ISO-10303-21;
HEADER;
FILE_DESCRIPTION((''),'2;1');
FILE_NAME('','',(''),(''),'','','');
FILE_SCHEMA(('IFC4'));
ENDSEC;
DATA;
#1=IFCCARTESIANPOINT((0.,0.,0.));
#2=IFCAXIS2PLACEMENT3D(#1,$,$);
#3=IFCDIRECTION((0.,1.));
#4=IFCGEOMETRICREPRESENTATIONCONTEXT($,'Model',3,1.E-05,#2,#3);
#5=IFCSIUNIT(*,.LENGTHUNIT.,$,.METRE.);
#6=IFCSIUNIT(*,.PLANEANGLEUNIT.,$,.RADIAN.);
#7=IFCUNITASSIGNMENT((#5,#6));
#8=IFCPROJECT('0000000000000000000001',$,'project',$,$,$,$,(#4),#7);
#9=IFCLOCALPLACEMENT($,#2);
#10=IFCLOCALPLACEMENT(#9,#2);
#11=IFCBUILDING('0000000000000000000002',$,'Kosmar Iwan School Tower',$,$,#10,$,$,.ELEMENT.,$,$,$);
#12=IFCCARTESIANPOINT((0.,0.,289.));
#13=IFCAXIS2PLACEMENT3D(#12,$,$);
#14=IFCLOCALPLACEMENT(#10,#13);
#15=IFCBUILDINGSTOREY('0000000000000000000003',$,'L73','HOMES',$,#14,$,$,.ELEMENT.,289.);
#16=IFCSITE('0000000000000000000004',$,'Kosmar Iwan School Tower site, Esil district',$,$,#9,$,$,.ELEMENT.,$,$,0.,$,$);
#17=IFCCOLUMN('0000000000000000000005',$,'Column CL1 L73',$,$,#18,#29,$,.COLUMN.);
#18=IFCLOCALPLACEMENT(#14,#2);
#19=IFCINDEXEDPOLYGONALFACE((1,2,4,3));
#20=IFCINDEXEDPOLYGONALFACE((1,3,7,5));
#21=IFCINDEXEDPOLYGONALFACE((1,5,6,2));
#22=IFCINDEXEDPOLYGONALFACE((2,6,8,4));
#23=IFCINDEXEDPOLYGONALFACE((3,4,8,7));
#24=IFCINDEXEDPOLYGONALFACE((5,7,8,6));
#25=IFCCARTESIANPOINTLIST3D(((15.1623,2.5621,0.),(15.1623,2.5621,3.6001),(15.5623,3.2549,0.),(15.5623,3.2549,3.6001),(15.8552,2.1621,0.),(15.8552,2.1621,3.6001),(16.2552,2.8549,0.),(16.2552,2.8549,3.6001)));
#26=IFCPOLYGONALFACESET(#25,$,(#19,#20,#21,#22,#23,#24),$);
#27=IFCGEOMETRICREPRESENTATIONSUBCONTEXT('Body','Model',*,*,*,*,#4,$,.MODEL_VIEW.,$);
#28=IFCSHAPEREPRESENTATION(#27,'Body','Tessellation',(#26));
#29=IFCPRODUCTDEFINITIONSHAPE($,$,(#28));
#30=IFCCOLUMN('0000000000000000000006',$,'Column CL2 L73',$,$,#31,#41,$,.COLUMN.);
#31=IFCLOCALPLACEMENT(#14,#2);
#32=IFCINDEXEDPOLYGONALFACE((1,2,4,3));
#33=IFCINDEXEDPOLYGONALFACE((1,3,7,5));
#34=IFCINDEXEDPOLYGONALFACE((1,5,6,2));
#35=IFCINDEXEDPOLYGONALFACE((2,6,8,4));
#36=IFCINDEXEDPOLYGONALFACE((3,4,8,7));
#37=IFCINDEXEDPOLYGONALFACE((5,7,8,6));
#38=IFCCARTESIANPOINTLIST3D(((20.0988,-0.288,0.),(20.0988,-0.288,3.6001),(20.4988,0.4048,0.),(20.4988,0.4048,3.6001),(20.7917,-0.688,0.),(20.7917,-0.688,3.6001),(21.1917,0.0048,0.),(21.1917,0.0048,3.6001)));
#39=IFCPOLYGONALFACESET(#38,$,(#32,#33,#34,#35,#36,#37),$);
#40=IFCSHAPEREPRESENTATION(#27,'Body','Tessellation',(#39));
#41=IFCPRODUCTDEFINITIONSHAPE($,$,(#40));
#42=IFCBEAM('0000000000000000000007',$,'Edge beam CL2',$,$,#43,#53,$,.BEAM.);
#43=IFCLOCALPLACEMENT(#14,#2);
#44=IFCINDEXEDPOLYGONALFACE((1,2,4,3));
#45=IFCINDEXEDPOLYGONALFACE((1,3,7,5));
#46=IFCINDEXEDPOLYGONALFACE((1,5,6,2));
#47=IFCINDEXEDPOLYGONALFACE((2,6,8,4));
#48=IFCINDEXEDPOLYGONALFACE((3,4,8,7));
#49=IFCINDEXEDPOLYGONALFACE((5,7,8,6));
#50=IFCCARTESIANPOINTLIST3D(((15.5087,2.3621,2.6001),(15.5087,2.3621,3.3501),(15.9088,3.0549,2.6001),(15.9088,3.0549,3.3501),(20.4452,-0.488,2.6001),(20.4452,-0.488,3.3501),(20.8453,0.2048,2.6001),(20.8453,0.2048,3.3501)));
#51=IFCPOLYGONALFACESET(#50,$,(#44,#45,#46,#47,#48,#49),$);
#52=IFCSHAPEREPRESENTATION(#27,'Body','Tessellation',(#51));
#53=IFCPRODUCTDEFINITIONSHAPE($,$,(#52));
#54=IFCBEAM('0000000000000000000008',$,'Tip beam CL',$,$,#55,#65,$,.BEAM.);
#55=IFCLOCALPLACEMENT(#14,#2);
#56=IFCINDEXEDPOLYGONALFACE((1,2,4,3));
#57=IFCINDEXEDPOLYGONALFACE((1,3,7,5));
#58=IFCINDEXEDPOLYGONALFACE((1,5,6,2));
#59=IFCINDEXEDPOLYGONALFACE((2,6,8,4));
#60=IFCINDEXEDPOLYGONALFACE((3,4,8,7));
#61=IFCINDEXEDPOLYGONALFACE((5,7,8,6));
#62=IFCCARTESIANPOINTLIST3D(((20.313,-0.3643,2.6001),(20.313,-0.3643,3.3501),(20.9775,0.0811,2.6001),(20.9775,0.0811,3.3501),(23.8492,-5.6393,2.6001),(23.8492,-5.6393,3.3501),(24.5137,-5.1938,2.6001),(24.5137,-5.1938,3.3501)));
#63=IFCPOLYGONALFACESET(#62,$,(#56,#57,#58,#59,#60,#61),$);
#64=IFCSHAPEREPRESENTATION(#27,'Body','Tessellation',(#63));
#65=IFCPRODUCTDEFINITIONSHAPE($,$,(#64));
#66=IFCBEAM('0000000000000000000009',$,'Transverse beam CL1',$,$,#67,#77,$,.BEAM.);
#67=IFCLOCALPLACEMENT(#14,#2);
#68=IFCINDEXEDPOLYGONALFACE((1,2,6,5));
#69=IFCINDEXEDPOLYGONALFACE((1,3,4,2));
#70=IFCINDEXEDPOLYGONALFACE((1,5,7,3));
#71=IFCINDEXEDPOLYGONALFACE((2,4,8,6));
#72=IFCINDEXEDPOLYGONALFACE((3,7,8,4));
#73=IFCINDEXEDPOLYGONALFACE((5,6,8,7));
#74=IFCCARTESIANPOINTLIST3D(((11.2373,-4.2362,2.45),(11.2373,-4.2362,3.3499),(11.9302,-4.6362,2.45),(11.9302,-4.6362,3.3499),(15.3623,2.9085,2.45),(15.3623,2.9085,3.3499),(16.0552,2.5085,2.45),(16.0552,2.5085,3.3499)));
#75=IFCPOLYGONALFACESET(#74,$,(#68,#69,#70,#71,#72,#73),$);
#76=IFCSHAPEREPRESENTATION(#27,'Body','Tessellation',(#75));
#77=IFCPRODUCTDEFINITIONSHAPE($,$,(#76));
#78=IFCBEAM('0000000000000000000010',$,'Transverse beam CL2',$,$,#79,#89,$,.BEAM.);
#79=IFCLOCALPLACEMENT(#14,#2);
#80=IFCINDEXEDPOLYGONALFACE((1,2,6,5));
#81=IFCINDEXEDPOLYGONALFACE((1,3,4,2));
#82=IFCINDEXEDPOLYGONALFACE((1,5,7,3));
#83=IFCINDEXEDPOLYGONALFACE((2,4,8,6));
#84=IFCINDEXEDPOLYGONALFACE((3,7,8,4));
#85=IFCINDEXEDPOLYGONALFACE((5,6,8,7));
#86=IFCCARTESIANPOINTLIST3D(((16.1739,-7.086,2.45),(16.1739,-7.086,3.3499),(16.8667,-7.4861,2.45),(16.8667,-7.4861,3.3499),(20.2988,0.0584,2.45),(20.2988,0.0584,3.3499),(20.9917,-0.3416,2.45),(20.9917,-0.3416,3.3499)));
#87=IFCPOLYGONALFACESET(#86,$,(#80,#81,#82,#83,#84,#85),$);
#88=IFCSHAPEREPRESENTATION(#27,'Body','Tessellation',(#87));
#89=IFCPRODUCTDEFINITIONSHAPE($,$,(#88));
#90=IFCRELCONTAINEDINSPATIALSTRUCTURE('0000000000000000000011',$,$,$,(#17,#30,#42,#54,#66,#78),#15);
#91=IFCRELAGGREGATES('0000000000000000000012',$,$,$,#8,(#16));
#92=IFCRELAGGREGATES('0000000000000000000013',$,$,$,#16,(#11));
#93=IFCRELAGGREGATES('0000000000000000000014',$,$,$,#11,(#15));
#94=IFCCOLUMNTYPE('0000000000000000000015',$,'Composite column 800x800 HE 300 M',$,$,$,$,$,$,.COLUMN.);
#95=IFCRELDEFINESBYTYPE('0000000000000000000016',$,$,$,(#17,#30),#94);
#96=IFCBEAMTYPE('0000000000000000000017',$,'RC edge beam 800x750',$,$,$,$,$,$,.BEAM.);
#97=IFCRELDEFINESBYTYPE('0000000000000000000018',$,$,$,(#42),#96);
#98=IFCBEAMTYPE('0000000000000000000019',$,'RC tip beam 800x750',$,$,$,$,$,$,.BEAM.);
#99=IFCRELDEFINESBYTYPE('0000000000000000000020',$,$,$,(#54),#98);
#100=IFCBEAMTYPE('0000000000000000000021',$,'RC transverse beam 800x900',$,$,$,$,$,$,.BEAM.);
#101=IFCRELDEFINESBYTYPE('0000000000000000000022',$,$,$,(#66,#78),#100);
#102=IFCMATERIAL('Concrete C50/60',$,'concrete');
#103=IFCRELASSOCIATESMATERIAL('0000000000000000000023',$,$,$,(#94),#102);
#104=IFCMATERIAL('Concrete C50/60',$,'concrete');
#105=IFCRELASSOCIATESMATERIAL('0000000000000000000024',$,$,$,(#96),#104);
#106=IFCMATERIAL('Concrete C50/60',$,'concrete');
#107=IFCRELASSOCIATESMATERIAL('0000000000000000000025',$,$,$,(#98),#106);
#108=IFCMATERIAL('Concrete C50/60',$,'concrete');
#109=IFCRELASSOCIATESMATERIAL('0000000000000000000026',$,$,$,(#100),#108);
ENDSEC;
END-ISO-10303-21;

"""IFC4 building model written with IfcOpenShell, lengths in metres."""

from ifc_helpers import new_model, si_unit, direction, frame, origin, origin_2d, place, context, subcontext, project, spatial, rectangle, extrude, material, material_profile, profile_set, type_object, element, save


model = new_model("IFC4")

# Units and contexts
model_context = context("Model", 3, precision=1e-05, world=origin(), true_north=direction((0.0, 1.0)))
body_context = subcontext(model_context, "Body", "Model", "MODEL_VIEW")
ifc_project = project(units=[si_unit("LENGTHUNIT", "METRE"), si_unit("PLANEANGLEUNIT", "RADIAN")], contexts=[model_context])

# Site, building, storey
site_placement = place(None, origin())
site = spatial("IfcSite", under=ifc_project, at=site_placement, Name="Kosmar Iwan School Tower site, Esil district", CompositionType="ELEMENT", RefElevation=0.0)
building_placement = place(site_placement, origin())
building = spatial("IfcBuilding", under=site, at=building_placement, Name="Kosmar Iwan School Tower", CompositionType="ELEMENT")
storey_placement = place(building_placement, frame((0.0, 0.0, 289.0)))
storey = spatial("IfcBuildingStorey", under=building, at=storey_placement, Name="L73", Description="HOMES", CompositionType="ELEMENT", Elevation=289.0)

# Columns
ifc_material_1 = material(Name="Concrete C50/60", Category="concrete")
ifc_material_profile_1 = material_profile(ifc_material_1, rectangle(XDim=0.8, YDim=0.8, at=origin_2d()), Name="RC 800x800 + HE 300 M")
ifc_profile_set_1 = profile_set([ifc_material_profile_1], Name="Concrete C50/60")
column_type = type_object("IfcColumnType", Name="Composite column 800x800 HE 300 M", PredefinedType="COLUMN", material=ifc_profile_set_1)
for number, where, z_axis, x_axis, name in (
    (1, (15.7087, 2.7085, 0.0), (0.0, 0.0, 1.0), (0.866025, -0.5, 0.0), "Column CL1 L73"),
    (2, (20.6453, -0.1416, 0.0), (0.0, 0.0, 1.0), (0.866025, -0.5, 0.0), "Column CL2 L73"),
):
    element("IfcColumn", number, at=place(storey_placement, frame(where, z_axis=z_axis, x_axis=x_axis)), inside=storey, type_object=column_type, Name=name, PredefinedType="COLUMN", context=body_context, shape_type="SweptSolid", body=[
        extrude(rectangle(XDim=0.8, YDim=0.8, at=origin_2d()), origin(), (0.0, 0.0, 1.0), 3.6001),
    ])

# Beams
ifc_material_2 = material(Name="Concrete C50/60", Category="concrete")
ifc_material_profile_2 = material_profile(ifc_material_2, rectangle(XDim=0.8, YDim=0.75, at=origin_2d()), Name="RC 800x750")
ifc_profile_set_2 = profile_set([ifc_material_profile_2], Name="Concrete C50/60")
beam_type_1 = type_object("IfcBeamType", Name="RC edge beam 800x750", PredefinedType="BEAM", material=ifc_profile_set_2)
beam_1_placement = place(storey_placement, frame((15.7087, 2.7085, 2.9751), z_axis=(0.866026, -0.499999, 0.0), x_axis=(0.499999, 0.866026, 0.0)))
element("IfcBeam", 3, at=beam_1_placement, inside=storey, type_object=beam_type_1, Name="Edge beam CL2", PredefinedType="BEAM", context=body_context, shape_type="SweptSolid", body=[
    extrude(rectangle(XDim=0.8, YDim=0.75, at=origin_2d()), origin(), (0.0, 0.0, 1.0), 5.7002),
])
ifc_material_3 = material(Name="Concrete C50/60", Category="concrete")
ifc_material_profile_3 = material_profile(ifc_material_3, rectangle(XDim=0.8, YDim=0.75, at=origin_2d()), Name="RC 800x750")
ifc_profile_set_3 = profile_set([ifc_material_profile_3], Name="Concrete C50/60")
beam_type_2 = type_object("IfcBeamType", Name="RC tip beam 800x750", PredefinedType="BEAM", material=ifc_profile_set_3)
beam_2_placement = place(storey_placement, frame((20.6453, -0.1416, 2.9751), z_axis=(0.556828, -0.830628, 0.0), x_axis=(0.830628, 0.556828, 0.0)))
element("IfcBeam", 4, at=beam_2_placement, inside=storey, type_object=beam_type_2, Name="Tip beam CL", PredefinedType="BEAM", context=body_context, shape_type="SweptSolid", body=[
    extrude(rectangle(XDim=0.8, YDim=0.75, at=origin_2d()), origin(), (0.0, 0.0, 1.0), 6.3506),
])
ifc_material_4 = material(Name="Concrete C50/60", Category="concrete")
ifc_material_profile_4 = material_profile(ifc_material_4, rectangle(XDim=0.8, YDim=0.8999, at=origin_2d()), Name="RC 800x900")
ifc_profile_set_4 = profile_set([ifc_material_profile_4], Name="Concrete C50/60")
beam_type_3 = type_object("IfcBeamType", Name="RC transverse beam 800x900", PredefinedType="BEAM", material=ifc_profile_set_4)
beam_3_placement = place(storey_placement, frame((15.7087, 2.7085, 2.8999), z_axis=(-0.499997, -0.866027, 0.0), x_axis=(0.866027, -0.499997, 0.0)))
element("IfcBeam", 5, at=beam_3_placement, inside=storey, type_object=beam_type_3, Name="Transverse beam CL1", PredefinedType="BEAM", context=body_context, shape_type="SweptSolid", body=[
    extrude(rectangle(XDim=0.8, YDim=0.8999, at=origin_2d()), origin(), (0.0, 0.0, 1.0), 8.25),
])
beam_4_placement = place(storey_placement, frame((20.6453, -0.1416, 2.8999), z_axis=(-0.500009, -0.86602, 0.0), x_axis=(0.86602, -0.500009, 0.0)))
element("IfcBeam", 6, at=beam_4_placement, inside=storey, type_object=beam_type_3, Name="Transverse beam CL2", PredefinedType="BEAM", context=body_context, shape_type="SweptSolid", body=[
    extrude(rectangle(XDim=0.8, YDim=0.8999, at=origin_2d()), origin(), (0.0, 0.0, 1.0), 8.2498),
])

save(model, "model.ifc")
